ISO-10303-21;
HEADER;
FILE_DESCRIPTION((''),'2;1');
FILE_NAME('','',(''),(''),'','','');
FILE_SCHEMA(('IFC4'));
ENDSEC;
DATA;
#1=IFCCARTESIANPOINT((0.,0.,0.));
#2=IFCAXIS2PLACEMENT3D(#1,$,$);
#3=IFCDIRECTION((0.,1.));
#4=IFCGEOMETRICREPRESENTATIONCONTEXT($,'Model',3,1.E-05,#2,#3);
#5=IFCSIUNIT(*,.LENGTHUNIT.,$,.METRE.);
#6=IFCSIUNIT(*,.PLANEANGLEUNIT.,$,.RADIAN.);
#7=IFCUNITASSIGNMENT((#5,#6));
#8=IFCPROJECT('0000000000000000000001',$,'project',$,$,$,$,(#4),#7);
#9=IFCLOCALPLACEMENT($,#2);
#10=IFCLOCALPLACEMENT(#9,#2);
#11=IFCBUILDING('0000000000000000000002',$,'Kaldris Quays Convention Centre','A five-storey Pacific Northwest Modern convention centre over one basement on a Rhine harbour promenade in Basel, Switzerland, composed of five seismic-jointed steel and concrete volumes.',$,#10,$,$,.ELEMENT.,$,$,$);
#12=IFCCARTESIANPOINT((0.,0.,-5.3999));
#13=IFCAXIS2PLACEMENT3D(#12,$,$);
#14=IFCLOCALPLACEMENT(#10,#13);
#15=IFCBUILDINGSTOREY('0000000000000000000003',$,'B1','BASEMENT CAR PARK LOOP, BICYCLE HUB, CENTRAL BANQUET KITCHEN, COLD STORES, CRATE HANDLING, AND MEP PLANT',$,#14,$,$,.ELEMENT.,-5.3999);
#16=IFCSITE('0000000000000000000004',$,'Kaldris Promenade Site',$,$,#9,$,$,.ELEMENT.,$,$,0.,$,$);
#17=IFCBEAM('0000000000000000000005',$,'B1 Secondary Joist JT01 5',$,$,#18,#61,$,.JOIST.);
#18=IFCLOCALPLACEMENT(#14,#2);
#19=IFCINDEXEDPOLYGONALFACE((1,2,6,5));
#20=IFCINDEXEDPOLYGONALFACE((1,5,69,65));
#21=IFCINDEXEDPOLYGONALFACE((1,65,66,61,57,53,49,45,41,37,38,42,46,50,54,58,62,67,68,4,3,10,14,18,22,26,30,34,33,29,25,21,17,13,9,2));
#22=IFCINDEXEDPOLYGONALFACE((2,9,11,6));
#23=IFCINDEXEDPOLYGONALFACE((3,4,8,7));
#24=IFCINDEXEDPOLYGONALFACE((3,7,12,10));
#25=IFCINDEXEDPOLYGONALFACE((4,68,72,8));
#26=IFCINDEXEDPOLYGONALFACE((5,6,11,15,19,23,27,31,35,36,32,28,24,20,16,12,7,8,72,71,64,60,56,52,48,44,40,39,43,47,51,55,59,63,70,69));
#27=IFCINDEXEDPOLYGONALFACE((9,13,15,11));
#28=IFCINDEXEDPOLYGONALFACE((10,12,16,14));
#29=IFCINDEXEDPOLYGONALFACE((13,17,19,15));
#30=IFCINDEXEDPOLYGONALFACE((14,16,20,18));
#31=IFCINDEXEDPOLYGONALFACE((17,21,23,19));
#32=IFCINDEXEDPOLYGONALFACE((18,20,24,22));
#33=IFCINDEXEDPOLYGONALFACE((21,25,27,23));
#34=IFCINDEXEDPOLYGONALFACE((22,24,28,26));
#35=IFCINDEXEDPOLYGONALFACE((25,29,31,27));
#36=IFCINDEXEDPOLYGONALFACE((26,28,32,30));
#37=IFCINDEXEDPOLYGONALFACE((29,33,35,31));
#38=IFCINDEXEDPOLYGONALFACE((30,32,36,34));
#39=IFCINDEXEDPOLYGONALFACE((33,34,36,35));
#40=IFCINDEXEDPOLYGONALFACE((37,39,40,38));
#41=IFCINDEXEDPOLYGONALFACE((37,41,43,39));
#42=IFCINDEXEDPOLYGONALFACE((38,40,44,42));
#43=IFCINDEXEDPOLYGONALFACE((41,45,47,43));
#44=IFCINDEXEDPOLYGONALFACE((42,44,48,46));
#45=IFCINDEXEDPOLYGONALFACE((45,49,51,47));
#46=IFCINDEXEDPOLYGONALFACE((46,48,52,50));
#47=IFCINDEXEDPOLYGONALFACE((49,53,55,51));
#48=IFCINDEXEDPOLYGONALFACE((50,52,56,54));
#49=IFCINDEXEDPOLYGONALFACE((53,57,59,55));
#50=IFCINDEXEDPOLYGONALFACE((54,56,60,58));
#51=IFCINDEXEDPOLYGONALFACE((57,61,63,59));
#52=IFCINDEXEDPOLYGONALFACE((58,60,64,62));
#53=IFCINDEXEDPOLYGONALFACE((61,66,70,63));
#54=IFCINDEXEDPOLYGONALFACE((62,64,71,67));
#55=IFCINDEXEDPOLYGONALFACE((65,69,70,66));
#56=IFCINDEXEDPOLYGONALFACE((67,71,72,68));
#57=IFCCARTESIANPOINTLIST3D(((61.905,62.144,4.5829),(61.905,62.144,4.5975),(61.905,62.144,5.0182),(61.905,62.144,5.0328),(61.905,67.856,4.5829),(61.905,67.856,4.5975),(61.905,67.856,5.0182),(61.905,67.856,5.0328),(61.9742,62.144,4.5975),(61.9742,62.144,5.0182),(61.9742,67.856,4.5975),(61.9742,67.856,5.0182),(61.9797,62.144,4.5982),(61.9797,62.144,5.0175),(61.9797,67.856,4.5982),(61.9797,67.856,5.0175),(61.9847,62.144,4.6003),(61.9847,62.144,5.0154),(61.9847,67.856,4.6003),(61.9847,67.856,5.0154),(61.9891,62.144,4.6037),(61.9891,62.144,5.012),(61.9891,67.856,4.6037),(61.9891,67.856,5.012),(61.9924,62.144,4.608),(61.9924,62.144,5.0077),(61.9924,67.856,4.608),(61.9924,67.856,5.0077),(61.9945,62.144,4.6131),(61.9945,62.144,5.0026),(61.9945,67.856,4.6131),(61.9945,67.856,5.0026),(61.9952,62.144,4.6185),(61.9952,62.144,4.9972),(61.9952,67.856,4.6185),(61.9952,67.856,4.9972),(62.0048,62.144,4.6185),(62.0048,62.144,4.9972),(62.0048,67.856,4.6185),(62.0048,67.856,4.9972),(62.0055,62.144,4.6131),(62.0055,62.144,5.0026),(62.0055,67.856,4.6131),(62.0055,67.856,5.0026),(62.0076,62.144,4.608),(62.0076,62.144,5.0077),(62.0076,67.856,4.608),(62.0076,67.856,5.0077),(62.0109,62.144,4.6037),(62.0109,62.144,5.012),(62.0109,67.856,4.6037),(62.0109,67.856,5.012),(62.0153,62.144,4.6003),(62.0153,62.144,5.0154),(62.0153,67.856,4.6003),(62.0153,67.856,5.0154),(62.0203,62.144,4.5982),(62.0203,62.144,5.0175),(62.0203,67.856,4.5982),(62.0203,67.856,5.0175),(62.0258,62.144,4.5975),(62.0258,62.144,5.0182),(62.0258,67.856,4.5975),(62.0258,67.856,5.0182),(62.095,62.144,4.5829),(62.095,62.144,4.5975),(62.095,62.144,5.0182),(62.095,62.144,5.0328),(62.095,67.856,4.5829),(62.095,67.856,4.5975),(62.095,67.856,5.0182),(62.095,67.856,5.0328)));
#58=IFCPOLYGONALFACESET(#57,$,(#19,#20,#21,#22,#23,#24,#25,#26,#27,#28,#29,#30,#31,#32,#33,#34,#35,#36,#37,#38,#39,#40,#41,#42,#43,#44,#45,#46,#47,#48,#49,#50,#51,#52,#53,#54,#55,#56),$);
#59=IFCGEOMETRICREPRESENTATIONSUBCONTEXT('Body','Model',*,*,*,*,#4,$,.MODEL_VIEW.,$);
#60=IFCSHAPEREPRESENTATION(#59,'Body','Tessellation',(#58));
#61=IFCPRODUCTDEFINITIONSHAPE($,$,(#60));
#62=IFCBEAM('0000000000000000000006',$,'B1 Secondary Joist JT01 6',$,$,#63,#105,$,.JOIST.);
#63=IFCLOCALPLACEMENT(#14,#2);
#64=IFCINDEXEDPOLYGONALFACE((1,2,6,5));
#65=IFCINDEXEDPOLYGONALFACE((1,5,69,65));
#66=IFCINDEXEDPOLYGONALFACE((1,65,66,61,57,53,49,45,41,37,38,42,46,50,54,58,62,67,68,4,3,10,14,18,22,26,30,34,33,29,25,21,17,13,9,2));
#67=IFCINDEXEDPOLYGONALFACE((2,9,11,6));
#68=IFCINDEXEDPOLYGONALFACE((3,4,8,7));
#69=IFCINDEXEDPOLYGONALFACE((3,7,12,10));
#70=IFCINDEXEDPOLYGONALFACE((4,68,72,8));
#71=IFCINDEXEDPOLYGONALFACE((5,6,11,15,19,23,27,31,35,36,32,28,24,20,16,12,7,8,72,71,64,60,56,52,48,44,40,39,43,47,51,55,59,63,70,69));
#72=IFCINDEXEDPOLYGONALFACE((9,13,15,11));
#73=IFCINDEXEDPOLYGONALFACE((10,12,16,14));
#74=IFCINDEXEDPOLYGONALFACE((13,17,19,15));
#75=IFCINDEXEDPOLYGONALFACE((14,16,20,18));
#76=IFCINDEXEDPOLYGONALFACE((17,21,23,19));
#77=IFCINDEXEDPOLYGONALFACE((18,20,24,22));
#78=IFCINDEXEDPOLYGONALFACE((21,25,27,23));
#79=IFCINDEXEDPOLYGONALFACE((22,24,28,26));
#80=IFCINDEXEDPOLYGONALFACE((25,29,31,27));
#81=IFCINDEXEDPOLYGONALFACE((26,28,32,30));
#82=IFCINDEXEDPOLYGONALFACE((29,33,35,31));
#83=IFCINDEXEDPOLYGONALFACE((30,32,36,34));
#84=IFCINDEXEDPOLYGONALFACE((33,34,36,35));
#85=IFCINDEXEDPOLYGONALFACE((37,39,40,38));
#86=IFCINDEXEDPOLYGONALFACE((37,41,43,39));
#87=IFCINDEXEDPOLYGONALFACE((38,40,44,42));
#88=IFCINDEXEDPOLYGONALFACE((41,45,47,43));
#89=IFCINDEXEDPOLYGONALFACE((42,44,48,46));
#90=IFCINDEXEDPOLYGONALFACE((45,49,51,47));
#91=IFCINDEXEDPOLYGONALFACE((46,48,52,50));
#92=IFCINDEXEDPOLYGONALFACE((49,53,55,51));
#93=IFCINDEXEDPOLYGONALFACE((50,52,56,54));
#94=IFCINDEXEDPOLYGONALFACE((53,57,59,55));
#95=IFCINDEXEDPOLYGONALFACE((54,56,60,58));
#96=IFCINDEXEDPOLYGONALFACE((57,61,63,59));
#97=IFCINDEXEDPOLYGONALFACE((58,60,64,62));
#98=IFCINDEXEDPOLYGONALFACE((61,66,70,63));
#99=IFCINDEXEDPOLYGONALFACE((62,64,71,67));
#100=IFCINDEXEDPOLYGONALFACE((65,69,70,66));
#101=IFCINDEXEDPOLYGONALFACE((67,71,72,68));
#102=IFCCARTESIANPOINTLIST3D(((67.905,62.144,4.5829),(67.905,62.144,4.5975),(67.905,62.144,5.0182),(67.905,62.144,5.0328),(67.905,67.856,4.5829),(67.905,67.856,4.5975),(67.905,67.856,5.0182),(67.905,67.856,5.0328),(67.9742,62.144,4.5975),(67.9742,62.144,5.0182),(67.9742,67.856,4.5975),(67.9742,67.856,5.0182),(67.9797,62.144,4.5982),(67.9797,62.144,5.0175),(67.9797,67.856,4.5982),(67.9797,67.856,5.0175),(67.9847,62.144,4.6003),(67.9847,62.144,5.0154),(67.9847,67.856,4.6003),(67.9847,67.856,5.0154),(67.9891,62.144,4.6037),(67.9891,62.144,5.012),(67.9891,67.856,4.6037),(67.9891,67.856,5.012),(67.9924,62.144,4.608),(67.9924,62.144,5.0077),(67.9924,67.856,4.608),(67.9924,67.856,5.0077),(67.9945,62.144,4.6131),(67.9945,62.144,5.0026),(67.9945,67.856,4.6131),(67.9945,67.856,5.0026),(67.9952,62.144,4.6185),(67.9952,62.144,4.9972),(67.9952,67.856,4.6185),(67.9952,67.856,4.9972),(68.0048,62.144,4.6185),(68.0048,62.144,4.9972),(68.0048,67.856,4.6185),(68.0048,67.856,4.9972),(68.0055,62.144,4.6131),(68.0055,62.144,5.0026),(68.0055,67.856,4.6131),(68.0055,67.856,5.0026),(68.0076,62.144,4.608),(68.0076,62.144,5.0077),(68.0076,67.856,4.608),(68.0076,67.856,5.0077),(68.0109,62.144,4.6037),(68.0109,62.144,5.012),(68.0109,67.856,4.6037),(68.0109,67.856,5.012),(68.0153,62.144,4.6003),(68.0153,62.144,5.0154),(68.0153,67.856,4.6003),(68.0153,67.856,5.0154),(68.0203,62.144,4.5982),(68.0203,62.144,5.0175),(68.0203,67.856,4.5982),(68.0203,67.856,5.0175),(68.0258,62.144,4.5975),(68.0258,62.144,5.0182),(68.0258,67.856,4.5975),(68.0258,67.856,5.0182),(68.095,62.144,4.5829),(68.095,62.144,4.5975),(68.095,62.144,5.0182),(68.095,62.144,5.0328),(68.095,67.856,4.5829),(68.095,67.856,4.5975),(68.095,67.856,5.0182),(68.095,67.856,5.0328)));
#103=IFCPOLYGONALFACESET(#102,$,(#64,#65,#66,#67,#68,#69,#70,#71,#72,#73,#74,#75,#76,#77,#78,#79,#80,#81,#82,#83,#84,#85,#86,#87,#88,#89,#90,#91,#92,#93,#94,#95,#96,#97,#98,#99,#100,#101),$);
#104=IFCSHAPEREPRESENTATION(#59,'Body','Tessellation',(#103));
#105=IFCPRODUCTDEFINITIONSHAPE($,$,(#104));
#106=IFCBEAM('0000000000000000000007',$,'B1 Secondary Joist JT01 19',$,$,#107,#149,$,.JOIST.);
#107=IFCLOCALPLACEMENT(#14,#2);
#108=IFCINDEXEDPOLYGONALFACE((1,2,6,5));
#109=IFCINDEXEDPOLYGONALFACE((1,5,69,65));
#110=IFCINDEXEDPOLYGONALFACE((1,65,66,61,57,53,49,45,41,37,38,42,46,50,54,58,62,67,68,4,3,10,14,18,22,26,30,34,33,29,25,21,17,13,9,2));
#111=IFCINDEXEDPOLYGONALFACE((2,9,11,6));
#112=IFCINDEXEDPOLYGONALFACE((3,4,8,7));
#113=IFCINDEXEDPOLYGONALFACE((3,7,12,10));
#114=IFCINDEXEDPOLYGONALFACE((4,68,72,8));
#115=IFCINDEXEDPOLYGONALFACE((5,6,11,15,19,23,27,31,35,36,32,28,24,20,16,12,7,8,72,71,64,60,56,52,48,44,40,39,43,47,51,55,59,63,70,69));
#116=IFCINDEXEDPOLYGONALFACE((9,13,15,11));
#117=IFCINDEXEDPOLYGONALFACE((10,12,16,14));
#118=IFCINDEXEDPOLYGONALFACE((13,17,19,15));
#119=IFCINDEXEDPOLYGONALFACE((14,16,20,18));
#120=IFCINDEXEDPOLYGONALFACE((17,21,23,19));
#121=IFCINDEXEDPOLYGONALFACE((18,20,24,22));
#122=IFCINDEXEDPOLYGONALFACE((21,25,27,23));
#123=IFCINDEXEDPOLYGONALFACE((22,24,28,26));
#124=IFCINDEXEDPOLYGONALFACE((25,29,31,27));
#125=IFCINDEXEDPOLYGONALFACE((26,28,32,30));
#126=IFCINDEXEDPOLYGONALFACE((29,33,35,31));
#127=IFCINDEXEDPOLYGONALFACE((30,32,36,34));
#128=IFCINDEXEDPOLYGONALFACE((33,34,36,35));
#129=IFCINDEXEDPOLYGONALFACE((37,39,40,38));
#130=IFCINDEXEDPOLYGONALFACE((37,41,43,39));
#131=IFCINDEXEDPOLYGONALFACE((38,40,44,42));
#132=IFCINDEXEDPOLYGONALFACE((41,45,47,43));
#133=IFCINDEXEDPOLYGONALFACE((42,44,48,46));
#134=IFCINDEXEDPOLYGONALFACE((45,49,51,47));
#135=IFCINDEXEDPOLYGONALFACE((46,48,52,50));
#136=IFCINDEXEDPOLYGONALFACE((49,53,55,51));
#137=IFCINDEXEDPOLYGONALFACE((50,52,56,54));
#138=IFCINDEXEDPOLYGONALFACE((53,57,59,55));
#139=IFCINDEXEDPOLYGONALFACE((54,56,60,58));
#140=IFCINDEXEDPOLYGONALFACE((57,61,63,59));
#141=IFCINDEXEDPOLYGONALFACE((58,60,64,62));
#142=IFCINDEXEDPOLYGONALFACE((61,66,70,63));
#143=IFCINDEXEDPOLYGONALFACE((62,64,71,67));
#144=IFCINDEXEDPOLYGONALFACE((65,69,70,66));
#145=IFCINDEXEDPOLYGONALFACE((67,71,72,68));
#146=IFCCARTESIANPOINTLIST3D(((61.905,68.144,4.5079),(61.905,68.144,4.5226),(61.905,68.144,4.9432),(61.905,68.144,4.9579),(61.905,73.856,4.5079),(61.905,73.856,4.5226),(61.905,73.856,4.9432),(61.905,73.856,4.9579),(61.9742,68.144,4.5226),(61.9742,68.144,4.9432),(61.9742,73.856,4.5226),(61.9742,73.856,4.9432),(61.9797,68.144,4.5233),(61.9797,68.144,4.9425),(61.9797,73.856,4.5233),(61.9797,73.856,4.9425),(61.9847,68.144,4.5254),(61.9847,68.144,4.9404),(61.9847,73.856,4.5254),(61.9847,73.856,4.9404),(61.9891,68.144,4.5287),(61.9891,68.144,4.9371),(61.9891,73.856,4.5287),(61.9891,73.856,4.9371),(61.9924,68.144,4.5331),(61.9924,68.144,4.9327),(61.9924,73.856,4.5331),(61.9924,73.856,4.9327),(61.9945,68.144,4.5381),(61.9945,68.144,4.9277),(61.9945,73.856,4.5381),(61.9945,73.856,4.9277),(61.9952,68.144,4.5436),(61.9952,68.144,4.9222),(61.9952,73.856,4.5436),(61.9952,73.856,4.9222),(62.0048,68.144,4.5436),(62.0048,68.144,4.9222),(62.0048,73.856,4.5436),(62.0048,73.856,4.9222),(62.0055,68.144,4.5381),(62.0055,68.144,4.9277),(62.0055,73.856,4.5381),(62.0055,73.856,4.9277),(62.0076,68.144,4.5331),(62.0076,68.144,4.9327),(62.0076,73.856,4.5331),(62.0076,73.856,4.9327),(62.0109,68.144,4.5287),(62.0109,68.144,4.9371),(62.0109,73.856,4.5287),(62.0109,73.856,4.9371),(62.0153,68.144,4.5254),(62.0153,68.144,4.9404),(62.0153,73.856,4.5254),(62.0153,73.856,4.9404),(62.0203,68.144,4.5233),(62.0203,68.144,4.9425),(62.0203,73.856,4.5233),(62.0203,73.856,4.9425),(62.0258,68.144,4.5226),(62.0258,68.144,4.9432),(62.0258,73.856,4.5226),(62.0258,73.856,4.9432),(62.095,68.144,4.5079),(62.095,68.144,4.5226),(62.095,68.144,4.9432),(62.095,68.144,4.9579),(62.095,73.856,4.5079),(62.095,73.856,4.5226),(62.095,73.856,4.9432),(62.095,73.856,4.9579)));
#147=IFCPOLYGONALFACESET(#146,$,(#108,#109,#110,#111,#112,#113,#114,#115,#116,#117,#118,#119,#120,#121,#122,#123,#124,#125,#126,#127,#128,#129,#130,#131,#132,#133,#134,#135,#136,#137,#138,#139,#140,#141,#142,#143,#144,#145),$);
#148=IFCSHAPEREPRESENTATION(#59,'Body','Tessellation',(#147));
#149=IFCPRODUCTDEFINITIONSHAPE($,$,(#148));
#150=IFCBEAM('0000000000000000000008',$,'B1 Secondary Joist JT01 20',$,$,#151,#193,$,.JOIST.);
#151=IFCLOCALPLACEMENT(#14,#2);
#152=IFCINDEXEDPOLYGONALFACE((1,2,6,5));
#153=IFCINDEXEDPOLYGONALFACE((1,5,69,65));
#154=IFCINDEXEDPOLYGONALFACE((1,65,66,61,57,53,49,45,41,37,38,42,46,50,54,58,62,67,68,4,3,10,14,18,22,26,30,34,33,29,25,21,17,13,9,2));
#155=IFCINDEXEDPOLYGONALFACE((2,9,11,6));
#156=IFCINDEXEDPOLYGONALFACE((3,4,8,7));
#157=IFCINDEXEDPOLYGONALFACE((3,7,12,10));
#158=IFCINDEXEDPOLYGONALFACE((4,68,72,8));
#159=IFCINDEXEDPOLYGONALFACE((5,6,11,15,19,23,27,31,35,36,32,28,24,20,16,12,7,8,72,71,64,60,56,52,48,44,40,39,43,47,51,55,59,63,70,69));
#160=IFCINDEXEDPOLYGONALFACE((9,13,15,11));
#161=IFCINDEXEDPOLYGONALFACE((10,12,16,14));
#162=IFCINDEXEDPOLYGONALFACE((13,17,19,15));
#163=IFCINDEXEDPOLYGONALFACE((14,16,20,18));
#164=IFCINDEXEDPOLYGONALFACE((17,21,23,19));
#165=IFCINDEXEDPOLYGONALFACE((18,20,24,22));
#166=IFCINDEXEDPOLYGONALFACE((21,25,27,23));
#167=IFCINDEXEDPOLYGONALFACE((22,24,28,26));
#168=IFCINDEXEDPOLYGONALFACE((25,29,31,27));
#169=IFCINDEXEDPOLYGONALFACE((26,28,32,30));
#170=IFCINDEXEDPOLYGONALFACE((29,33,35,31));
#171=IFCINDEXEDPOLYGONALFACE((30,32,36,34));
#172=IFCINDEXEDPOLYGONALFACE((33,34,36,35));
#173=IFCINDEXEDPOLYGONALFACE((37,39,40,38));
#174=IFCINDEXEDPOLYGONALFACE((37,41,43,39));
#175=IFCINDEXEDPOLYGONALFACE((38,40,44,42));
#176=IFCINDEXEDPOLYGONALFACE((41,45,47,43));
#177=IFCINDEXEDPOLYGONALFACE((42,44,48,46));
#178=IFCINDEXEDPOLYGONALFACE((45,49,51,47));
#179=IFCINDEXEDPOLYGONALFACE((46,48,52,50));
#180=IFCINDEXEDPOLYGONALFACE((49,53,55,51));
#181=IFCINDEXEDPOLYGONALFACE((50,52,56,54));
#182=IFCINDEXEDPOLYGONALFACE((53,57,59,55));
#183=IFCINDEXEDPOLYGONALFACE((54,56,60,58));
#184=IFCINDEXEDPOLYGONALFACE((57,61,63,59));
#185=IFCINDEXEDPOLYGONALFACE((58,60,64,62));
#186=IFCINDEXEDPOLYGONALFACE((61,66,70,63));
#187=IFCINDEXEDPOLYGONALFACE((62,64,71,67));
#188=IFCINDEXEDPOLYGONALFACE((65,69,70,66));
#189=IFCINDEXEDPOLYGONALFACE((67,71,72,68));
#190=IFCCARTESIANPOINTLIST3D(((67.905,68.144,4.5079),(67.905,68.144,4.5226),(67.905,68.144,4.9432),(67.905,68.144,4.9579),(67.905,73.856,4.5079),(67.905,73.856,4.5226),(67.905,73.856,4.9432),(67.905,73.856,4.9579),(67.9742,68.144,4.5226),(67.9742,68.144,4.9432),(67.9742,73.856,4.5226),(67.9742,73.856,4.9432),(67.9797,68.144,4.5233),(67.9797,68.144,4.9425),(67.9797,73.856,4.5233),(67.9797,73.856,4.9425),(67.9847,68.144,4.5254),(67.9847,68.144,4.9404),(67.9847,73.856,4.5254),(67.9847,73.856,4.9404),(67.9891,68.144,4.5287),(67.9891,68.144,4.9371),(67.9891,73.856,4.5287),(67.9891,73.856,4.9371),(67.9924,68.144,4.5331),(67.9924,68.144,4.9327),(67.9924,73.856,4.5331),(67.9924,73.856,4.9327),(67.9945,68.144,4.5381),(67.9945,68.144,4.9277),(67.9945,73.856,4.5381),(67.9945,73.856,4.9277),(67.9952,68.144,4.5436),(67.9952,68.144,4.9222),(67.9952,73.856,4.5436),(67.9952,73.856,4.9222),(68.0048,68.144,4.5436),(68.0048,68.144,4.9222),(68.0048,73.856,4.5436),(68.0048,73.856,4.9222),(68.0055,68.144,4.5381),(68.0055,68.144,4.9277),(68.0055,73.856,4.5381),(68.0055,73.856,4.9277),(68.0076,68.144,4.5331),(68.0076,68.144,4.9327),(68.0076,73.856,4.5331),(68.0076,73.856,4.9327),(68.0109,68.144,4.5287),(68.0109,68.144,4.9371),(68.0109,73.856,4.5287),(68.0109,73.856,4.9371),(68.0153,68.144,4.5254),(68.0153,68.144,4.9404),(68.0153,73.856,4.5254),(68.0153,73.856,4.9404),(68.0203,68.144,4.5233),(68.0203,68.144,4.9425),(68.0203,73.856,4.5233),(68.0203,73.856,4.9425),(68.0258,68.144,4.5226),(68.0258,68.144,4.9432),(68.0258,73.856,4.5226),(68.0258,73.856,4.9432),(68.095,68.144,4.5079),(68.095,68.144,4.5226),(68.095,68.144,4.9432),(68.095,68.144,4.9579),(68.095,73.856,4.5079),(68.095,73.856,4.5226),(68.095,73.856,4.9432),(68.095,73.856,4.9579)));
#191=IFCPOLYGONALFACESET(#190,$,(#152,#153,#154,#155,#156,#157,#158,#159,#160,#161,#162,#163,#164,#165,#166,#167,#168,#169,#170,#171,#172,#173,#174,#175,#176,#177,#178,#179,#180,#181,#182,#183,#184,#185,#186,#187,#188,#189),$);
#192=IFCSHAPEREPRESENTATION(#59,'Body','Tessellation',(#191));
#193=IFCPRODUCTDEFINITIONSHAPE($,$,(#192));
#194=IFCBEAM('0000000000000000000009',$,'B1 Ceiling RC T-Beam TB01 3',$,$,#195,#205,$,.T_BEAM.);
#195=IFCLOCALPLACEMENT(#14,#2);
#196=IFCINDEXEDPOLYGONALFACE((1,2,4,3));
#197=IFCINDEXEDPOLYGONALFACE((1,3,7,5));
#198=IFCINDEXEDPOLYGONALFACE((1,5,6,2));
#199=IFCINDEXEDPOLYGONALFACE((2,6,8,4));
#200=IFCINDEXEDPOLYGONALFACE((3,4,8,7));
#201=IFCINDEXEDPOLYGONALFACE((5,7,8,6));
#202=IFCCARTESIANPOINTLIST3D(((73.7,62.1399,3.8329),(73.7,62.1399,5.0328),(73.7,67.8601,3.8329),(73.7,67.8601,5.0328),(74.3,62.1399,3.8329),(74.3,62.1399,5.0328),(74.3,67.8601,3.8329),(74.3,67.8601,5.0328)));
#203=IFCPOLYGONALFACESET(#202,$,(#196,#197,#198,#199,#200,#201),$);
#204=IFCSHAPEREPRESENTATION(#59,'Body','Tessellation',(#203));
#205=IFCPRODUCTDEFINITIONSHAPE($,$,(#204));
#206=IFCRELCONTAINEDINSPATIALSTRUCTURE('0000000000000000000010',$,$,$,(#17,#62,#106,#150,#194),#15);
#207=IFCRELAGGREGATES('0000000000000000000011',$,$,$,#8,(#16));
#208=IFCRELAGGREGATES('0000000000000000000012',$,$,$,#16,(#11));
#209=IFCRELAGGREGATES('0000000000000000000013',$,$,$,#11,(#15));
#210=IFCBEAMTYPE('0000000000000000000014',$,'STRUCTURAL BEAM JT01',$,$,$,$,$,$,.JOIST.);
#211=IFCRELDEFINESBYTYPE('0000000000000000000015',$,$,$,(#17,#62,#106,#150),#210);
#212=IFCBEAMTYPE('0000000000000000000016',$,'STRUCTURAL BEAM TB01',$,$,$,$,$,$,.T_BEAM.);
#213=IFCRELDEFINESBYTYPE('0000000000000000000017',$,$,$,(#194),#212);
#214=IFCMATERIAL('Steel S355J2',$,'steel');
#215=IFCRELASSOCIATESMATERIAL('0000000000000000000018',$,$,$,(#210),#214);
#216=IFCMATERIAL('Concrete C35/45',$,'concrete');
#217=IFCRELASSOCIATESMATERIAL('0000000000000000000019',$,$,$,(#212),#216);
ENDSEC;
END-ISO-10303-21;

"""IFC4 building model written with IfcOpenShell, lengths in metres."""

from ifc_helpers import new_model, si_unit, direction, frame, origin, origin_2d, place, context, subcontext, project, spatial, rectangle, i_section, extrude, material, material_profile, profile_set, type_object, element, save


model = new_model("IFC4")

# Units and contexts
model_context = context("Model", 3, precision=1e-05, world=origin(), true_north=direction((0.0, 1.0)))
body_context = subcontext(model_context, "Body", "Model", "MODEL_VIEW")
ifc_project = project(units=[si_unit("LENGTHUNIT", "METRE"), si_unit("PLANEANGLEUNIT", "RADIAN")], contexts=[model_context])

# Site, building, storey
site_placement = place(None, origin())
site = spatial("IfcSite", under=ifc_project, at=site_placement, Name="Kaldris Promenade Site", CompositionType="ELEMENT", RefElevation=0.0)
building_placement = place(site_placement, origin())
building = spatial("IfcBuilding", under=site, at=building_placement, Name="Kaldris Quays Convention Centre", Description="A five-storey Pacific Northwest Modern convention centre over one basement on a Rhine harbour promenade in Basel, Switzerland, composed of five seismic-jointed steel and concrete volumes.", CompositionType="ELEMENT")
storey_placement = place(building_placement, frame((0.0, 0.0, -5.3999)))
storey = spatial("IfcBuildingStorey", under=building, at=storey_placement, Name="B1", Description="BASEMENT CAR PARK LOOP, BICYCLE HUB, CENTRAL BANQUET KITCHEN, COLD STORES, CRATE HANDLING, AND MEP PLANT", CompositionType="ELEMENT", Elevation=-5.3999)

# Shared definitions
ifc_material_1 = material(Name="Concrete C35/45", Category="concrete")

# Shared definitions
ifc_material_2 = material(Name="Steel S355J2", Category="steel")

# Beams
ifc_material_profile_1 = material_profile(ifc_material_2, i_section(OverallWidth=0.1899, OverallDepth=0.45, WebThickness=0.0095, FlangeThickness=0.0146, FilletRadius=0.021, at=origin_2d()), Name="IPE 450")
ifc_profile_set_1 = profile_set([ifc_material_profile_1], Name="Steel S355J2")
beam_type_1 = type_object("IfcBeamType", Name="STRUCTURAL BEAM JT01", PredefinedType="JOIST", material=ifc_profile_set_1)
for number, where, z_axis, x_axis, name in (
    (1, (62.0, 62.144, 4.8079), (0.0, 1.0, 0.0), (-1.0, 0.0, 0.0), "B1 Secondary Joist JT01 5"),
    (2, (68.0, 62.144, 4.8079), (0.0, 1.0, 0.0), (-1.0, 0.0, 0.0), "B1 Secondary Joist JT01 6"),
    (3, (62.0, 68.144, 4.7329), (0.0, 1.0, 0.0), (-1.0, 0.0, 0.0), "B1 Secondary Joist JT01 19"),
    (4, (68.0, 68.144, 4.7329), (0.0, 1.0, 0.0), (-1.0, 0.0, 0.0), "B1 Secondary Joist JT01 20"),
):
    element("IfcBeam", number, at=place(storey_placement, frame(where, z_axis=z_axis, x_axis=x_axis)), inside=storey, type_object=beam_type_1, Name=name, PredefinedType="JOIST", context=body_context, shape_type="SweptSolid", body=[
        extrude(i_section(OverallWidth=0.1899, OverallDepth=0.45, WebThickness=0.0095, FlangeThickness=0.0146, FilletRadius=0.021, at=origin_2d()), origin(), (0.0, 0.0, 1.0), 5.7119),
    ])
ifc_material_profile_2 = material_profile(ifc_material_1, rectangle(XDim=0.6001, YDim=1.2, at=origin_2d()), Name="RC 600x1200")
ifc_profile_set_2 = profile_set([ifc_material_profile_2], Name="Concrete C35/45")
beam_type_2 = type_object("IfcBeamType", Name="STRUCTURAL BEAM TB01", PredefinedType="T_BEAM", material=ifc_profile_set_2)
beam_1_placement = place(storey_placement, frame((74.0, 62.1399, 4.4329), z_axis=(0.0, 1.0, 0.0), x_axis=(-1.0, 0.0, 0.0)))
element("IfcBeam", 5, at=beam_1_placement, inside=storey, type_object=beam_type_2, Name="B1 Ceiling RC T-Beam TB01 3", PredefinedType="T_BEAM", context=body_context, shape_type="SweptSolid", body=[
    extrude(rectangle(XDim=0.6001, YDim=1.2, at=origin_2d()), origin(), (0.0, 0.0, 1.0), 5.7202),
])

save(model, "model.ifc")
